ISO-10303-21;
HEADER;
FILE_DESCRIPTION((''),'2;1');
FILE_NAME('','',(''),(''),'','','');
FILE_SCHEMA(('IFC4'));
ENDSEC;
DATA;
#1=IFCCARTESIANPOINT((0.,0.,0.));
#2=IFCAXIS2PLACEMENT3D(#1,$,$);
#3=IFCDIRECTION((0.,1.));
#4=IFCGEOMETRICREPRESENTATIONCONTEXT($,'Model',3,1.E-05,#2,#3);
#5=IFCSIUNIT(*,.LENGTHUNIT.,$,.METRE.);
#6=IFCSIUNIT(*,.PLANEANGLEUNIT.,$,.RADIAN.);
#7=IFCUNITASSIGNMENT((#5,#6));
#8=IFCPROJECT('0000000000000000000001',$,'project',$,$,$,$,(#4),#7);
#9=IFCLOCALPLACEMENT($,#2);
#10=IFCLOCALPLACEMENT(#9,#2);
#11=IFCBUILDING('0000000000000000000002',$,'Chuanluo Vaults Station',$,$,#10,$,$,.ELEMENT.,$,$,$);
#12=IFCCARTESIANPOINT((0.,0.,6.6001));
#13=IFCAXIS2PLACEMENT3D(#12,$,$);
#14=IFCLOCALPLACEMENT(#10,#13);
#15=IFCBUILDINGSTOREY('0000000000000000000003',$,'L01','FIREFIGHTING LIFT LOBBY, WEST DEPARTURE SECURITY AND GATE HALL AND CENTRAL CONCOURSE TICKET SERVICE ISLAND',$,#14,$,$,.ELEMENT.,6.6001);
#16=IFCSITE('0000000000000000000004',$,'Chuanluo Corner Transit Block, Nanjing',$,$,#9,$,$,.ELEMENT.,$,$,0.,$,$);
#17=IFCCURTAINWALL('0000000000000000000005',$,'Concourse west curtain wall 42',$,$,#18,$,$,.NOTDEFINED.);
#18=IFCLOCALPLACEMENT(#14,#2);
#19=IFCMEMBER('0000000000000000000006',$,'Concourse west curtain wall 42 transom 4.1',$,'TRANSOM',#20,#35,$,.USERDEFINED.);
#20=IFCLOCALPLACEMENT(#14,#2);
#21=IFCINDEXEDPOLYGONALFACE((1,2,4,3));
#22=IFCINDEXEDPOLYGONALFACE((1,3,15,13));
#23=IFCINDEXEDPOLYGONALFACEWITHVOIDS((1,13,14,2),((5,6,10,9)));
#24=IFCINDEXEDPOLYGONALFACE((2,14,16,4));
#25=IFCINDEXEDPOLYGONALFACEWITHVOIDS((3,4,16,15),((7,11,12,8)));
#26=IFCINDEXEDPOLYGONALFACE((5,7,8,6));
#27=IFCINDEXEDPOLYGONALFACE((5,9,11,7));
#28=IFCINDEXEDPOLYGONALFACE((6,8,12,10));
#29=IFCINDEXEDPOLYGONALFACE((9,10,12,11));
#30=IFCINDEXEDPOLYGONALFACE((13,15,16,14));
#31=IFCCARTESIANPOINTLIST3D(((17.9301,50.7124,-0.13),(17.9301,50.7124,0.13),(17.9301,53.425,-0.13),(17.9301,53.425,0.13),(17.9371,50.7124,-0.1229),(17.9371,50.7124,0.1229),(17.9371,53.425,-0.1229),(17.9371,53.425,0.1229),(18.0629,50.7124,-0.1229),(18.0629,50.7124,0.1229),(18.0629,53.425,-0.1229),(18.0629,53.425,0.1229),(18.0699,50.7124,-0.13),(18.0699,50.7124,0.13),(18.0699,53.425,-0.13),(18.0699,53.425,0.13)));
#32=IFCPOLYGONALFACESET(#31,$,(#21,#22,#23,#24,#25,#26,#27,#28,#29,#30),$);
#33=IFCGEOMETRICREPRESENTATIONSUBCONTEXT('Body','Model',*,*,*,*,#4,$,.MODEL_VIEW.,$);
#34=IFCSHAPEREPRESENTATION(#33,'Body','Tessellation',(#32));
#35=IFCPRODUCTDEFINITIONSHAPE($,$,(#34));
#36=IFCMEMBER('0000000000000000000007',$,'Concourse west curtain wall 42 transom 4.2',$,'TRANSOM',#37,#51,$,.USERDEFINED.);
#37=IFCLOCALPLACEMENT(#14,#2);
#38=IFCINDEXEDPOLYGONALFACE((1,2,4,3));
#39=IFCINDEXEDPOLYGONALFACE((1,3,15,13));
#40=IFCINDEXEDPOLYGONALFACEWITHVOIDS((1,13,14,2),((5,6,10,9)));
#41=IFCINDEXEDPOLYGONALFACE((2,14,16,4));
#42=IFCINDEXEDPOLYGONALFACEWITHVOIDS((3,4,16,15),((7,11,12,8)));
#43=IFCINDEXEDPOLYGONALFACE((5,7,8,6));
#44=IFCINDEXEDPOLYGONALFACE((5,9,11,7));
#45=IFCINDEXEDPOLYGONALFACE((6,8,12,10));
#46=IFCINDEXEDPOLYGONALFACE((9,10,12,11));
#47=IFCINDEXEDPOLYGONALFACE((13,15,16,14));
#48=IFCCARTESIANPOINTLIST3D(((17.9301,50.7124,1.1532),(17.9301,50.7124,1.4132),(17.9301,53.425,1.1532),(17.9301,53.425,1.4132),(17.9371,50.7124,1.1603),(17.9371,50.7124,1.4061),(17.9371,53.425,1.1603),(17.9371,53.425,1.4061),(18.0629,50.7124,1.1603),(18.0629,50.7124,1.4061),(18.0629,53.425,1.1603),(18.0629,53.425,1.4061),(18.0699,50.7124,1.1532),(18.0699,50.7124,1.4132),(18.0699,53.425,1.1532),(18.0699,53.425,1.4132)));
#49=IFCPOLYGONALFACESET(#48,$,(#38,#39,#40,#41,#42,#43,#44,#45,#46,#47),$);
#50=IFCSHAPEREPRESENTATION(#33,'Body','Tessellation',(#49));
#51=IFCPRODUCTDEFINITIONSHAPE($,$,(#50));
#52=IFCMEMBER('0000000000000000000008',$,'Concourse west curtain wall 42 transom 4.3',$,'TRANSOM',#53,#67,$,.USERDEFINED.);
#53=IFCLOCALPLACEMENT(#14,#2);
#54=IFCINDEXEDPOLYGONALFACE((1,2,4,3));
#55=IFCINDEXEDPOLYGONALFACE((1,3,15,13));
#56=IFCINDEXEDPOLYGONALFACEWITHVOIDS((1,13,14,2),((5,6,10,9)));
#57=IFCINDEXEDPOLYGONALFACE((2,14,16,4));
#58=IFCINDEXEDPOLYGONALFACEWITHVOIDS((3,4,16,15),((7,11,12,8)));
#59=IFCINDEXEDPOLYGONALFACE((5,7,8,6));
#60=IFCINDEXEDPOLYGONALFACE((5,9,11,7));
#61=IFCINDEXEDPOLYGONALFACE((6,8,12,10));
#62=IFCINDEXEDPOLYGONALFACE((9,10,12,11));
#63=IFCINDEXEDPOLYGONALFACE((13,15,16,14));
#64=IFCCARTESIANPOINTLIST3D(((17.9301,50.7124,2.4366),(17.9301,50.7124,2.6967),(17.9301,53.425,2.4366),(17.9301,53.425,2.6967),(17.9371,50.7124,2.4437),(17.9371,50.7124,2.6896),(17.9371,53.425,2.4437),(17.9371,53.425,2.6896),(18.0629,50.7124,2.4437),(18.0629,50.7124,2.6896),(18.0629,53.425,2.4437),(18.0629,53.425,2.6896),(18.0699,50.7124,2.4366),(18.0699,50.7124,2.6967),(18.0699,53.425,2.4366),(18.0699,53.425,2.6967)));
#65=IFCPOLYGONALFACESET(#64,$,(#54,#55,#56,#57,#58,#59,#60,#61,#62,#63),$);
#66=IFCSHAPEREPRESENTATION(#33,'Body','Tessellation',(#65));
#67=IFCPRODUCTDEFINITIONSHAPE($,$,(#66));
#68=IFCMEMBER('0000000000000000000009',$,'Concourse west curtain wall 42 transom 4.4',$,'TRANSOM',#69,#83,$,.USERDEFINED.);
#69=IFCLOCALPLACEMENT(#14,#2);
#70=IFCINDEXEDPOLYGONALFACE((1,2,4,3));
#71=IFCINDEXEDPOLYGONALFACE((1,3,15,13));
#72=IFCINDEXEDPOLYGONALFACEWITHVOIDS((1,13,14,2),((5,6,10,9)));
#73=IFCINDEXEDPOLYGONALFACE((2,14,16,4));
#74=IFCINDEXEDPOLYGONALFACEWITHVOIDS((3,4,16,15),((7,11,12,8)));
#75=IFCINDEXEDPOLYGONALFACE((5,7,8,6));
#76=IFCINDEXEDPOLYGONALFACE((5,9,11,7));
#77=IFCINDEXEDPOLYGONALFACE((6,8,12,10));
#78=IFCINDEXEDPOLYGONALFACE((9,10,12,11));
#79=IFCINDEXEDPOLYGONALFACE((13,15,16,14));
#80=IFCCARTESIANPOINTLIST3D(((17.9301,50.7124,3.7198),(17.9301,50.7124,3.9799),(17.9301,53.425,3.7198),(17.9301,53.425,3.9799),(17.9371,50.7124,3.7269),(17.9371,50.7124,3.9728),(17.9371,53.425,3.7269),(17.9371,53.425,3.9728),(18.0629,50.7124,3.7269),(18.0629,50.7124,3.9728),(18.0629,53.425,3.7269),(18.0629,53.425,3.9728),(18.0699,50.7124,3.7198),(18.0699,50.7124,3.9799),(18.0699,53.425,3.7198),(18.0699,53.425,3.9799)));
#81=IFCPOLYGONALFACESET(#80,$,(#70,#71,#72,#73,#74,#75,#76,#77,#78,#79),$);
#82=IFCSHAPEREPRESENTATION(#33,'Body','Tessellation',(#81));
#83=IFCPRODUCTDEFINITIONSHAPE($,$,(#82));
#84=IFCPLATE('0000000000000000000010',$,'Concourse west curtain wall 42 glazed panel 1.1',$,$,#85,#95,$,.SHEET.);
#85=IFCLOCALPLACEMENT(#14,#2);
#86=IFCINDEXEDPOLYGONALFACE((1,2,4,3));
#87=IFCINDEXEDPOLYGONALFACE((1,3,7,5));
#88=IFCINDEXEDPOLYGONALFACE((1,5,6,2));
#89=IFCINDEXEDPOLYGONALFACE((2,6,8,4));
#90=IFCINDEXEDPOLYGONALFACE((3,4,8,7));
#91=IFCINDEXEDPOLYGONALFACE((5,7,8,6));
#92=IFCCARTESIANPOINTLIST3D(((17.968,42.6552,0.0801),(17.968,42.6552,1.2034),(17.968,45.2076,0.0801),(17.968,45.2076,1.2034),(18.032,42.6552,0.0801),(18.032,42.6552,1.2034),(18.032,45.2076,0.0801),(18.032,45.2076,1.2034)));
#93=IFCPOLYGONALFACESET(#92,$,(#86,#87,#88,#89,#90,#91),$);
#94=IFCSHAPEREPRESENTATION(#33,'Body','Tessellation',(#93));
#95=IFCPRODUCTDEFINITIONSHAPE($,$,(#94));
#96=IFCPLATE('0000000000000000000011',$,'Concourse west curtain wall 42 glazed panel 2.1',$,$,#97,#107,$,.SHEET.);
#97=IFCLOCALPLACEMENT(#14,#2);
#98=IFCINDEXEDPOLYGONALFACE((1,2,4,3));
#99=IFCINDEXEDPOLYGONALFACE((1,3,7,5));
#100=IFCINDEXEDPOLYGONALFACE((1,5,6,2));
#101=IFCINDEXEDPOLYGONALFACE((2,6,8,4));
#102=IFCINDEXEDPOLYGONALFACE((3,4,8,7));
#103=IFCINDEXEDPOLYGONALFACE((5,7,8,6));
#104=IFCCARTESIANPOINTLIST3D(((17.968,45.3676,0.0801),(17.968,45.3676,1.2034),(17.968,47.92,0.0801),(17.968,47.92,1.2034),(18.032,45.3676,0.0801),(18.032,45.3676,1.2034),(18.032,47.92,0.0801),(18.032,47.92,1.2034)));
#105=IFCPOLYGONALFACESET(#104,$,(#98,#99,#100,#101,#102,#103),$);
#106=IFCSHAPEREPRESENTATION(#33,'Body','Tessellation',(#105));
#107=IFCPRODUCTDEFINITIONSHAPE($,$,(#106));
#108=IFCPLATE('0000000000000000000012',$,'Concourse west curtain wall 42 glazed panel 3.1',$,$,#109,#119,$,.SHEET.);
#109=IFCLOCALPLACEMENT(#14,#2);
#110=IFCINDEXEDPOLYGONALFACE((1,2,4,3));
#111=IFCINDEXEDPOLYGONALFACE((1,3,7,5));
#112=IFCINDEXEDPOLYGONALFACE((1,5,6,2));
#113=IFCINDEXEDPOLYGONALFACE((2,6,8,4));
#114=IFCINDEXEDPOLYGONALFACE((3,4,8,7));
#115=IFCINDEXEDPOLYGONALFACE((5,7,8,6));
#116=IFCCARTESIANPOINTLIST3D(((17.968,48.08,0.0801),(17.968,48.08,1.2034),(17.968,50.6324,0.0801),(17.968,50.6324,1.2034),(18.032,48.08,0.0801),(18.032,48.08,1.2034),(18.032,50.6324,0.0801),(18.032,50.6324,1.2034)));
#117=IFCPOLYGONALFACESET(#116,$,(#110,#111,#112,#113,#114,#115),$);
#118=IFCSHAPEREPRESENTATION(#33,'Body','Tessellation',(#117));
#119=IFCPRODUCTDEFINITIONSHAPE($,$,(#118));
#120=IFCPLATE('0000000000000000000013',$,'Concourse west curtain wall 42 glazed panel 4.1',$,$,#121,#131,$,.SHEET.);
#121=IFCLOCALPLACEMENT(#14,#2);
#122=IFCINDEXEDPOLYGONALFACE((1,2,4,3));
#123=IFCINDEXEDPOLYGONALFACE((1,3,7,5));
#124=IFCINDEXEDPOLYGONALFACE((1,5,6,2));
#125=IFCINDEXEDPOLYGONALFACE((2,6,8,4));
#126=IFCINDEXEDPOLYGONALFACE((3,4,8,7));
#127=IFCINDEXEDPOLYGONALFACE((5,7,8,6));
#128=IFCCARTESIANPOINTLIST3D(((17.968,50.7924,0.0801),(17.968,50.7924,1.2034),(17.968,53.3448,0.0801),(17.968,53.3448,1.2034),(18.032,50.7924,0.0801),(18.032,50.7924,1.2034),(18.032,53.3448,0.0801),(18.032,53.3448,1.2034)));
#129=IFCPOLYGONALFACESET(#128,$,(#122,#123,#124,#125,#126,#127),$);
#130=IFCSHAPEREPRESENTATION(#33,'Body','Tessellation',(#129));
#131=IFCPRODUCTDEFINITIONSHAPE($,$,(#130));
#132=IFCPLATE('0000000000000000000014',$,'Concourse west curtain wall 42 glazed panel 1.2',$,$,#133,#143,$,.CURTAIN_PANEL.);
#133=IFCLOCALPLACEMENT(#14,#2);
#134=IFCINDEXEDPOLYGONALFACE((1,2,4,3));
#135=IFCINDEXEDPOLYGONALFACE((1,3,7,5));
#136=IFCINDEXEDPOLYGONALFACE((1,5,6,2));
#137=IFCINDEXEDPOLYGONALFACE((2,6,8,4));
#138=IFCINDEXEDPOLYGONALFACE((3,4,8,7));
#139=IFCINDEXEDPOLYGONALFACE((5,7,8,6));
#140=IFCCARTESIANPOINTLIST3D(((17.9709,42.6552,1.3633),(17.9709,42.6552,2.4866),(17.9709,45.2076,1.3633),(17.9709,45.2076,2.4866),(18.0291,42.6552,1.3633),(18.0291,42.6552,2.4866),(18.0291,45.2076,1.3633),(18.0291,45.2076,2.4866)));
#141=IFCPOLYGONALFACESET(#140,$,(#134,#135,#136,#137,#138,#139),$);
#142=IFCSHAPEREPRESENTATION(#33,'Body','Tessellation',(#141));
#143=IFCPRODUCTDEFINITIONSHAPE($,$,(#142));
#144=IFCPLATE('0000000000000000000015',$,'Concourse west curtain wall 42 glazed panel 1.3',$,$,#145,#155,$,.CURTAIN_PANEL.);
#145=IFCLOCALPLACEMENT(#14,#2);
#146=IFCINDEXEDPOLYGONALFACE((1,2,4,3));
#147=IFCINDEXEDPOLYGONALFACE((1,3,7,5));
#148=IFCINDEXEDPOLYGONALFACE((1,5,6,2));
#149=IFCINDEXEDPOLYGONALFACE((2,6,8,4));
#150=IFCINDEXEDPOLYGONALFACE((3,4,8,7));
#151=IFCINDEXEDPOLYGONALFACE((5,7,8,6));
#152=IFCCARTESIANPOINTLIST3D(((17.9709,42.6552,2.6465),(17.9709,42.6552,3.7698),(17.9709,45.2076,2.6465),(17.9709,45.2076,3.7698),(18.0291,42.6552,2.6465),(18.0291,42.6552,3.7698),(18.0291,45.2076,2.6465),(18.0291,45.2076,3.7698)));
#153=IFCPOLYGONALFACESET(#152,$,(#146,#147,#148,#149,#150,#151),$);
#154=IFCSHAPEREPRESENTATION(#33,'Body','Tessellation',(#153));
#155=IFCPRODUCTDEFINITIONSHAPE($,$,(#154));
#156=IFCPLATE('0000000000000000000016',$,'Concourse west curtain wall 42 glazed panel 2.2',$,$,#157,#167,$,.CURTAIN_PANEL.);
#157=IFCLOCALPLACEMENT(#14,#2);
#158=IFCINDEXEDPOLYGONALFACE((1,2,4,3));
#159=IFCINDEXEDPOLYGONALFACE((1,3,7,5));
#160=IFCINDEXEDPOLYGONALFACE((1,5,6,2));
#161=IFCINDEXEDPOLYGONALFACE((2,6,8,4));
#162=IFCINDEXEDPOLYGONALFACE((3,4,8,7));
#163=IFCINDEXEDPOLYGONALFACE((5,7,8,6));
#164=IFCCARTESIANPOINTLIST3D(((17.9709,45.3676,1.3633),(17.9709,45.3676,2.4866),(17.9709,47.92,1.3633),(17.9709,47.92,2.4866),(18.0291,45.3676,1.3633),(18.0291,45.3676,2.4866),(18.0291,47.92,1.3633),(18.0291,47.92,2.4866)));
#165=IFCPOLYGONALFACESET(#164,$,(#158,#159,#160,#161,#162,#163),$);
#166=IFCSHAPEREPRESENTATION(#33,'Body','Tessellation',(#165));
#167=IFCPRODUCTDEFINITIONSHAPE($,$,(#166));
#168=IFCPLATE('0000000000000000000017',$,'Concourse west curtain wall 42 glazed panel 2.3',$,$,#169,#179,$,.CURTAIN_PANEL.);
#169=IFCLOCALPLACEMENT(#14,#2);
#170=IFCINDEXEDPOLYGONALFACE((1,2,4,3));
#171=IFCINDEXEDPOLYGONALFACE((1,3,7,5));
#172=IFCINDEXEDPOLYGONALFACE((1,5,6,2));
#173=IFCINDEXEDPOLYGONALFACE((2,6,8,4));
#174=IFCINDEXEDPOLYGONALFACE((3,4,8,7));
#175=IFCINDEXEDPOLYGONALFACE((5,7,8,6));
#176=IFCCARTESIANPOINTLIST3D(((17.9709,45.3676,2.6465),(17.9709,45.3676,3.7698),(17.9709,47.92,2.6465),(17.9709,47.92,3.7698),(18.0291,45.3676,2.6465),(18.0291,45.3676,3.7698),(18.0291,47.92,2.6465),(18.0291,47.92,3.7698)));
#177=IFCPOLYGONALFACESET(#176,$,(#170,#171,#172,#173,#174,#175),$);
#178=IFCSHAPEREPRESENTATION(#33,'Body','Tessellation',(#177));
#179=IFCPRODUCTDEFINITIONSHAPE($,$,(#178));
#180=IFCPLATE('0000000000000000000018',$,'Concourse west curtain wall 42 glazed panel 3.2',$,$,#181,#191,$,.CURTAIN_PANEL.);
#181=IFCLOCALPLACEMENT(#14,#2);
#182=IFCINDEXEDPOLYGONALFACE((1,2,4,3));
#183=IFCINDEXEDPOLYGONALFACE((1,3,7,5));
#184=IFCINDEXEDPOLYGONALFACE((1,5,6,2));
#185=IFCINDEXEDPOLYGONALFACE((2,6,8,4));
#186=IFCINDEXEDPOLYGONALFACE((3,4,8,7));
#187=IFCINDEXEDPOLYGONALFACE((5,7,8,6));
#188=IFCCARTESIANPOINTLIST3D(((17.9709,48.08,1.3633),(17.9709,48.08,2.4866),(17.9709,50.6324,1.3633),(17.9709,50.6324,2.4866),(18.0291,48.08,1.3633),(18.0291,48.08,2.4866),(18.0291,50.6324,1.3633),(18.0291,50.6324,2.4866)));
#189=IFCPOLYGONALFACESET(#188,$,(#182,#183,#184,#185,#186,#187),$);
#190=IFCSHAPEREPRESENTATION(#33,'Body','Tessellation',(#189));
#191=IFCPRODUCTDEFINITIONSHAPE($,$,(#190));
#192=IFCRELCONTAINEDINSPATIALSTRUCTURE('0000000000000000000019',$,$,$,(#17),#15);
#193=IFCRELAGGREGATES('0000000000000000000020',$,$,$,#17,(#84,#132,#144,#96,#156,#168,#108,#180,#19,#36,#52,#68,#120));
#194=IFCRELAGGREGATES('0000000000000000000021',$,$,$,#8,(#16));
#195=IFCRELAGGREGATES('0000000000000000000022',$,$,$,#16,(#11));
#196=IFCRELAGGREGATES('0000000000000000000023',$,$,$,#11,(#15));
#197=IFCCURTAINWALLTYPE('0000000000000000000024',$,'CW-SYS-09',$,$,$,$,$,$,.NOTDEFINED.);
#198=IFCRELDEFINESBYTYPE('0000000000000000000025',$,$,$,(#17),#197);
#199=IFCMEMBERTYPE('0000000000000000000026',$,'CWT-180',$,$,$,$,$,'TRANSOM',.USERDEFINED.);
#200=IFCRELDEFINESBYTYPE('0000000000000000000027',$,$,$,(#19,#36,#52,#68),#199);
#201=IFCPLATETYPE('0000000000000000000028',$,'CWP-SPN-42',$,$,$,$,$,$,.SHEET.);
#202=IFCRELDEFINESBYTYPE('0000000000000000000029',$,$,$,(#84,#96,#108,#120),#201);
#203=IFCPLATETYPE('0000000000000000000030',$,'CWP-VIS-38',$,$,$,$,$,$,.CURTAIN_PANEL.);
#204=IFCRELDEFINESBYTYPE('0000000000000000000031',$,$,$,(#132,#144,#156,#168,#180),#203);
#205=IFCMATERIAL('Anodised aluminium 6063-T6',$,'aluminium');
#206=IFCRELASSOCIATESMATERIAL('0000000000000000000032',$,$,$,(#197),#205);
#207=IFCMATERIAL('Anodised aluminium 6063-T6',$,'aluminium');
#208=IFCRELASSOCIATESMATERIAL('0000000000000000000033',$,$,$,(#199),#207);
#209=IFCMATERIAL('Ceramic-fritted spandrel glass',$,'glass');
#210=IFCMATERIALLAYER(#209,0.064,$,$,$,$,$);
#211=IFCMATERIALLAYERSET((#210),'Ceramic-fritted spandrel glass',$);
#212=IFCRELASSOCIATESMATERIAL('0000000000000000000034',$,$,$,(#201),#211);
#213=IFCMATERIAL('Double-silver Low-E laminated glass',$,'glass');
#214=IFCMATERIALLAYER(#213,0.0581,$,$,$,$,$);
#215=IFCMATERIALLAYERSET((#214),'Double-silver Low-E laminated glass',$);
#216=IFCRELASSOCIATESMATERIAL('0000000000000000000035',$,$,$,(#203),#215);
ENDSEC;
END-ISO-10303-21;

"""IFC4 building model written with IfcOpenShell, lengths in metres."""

from ifc_helpers import new_model, si_unit, direction, frame, origin, origin_2d, place, context, subcontext, project, spatial, rectangle, hollow_rectangle, extrude, material, layer, layer_set, material_profile, profile_set, type_object, element, aggregate, save


model = new_model("IFC4")

# Units and contexts
model_context = context("Model", 3, precision=1e-05, world=origin(), true_north=direction((0.0, 1.0)))
body_context = subcontext(model_context, "Body", "Model", "MODEL_VIEW")
ifc_project = project(units=[si_unit("LENGTHUNIT", "METRE"), si_unit("PLANEANGLEUNIT", "RADIAN")], contexts=[model_context])

# Site, building, storey
site_placement = place(None, origin())
site = spatial("IfcSite", under=ifc_project, at=site_placement, Name="Chuanluo Corner Transit Block, Nanjing", CompositionType="ELEMENT", RefElevation=0.0)
building_placement = place(site_placement, origin())
building = spatial("IfcBuilding", under=site, at=building_placement, Name="Chuanluo Vaults Station", CompositionType="ELEMENT")
storey_placement = place(building_placement, frame((0.0, 0.0, 6.6001)))
storey = spatial("IfcBuildingStorey", under=building, at=storey_placement, Name="L01", Description="FIREFIGHTING LIFT LOBBY, WEST DEPARTURE SECURITY AND GATE HALL AND CENTRAL CONCOURSE TICKET SERVICE ISLAND", CompositionType="ELEMENT", Elevation=6.6001)

# Curtain wall, members, plates
ifc_material_1 = material(Name="Anodised aluminium 6063-T6", Category="aluminium")
curtain_wall_type = type_object("IfcCurtainWallType", Name="CW-SYS-09", PredefinedType="NOTDEFINED", material=ifc_material_1)
curtain_wall_placement = place(storey_placement, origin())
curtain_wall = element("IfcCurtainWall", 1, at=curtain_wall_placement, inside=storey, type_object=curtain_wall_type, Name="Concourse west curtain wall 42", PredefinedType="NOTDEFINED")
ifc_material_2 = material(Name="Anodised aluminium 6063-T6", Category="aluminium")
ifc_material_profile_1 = material_profile(ifc_material_2, hollow_rectangle(XDim=0.1399, YDim=0.26, WallThickness=0.0071, at=origin_2d()))
ifc_profile_set_1 = profile_set([ifc_material_profile_1], Name="Anodised aluminium 6063-T6")
member_type_1 = type_object("IfcMemberType", Name="CWT-180", ElementType="TRANSOM", PredefinedType="USERDEFINED", material=ifc_profile_set_1)
member_1_placement = place(storey_placement, frame((18.0, 50.7124, 0.0), z_axis=(0.0, 1.0, 0.0), x_axis=(-1.0, 0.0, 0.0)))
member_1 = element("IfcMember", 2, at=member_1_placement, type_object=member_type_1, Name="Concourse west curtain wall 42 transom 4.1", ObjectType="TRANSOM", PredefinedType="USERDEFINED", context=body_context, shape_type="SweptSolid", body=[
    extrude(hollow_rectangle(XDim=0.1399, YDim=0.26, WallThickness=0.0071, at=origin_2d()), origin(), (0.0, 0.0, 1.0), 2.7126),
])
member_2_placement = place(storey_placement, frame((18.0, 50.7124, 1.2832), z_axis=(0.0, 1.0, 0.0), x_axis=(-1.0, 0.0, 0.0)))
member_2 = element("IfcMember", 3, at=member_2_placement, type_object=member_type_1, Name="Concourse west curtain wall 42 transom 4.2", ObjectType="TRANSOM", PredefinedType="USERDEFINED", context=body_context, shape_type="SweptSolid", body=[
    extrude(hollow_rectangle(XDim=0.1399, YDim=0.26, WallThickness=0.0071, at=origin_2d()), origin(), (0.0, 0.0, 1.0), 2.7126),
])
member_3_placement = place(storey_placement, frame((18.0, 50.7124, 2.5667), z_axis=(0.0, 1.0, 0.0), x_axis=(-1.0, 0.0, 0.0)))
member_3 = element("IfcMember", 4, at=member_3_placement, type_object=member_type_1, Name="Concourse west curtain wall 42 transom 4.3", ObjectType="TRANSOM", PredefinedType="USERDEFINED", context=body_context, shape_type="SweptSolid", body=[
    extrude(hollow_rectangle(XDim=0.1399, YDim=0.26, WallThickness=0.0071, at=origin_2d()), origin(), (0.0, 0.0, 1.0), 2.7126),
])
member_4_placement = place(storey_placement, frame((18.0, 50.7124, 3.8499), z_axis=(0.0, 1.0, 0.0), x_axis=(-1.0, 0.0, 0.0)))
member_4 = element("IfcMember", 5, at=member_4_placement, type_object=member_type_1, Name="Concourse west curtain wall 42 transom 4.4", ObjectType="TRANSOM", PredefinedType="USERDEFINED", context=body_context, shape_type="SweptSolid", body=[
    extrude(hollow_rectangle(XDim=0.1399, YDim=0.26, WallThickness=0.0071, at=origin_2d()), origin(), (0.0, 0.0, 1.0), 2.7126),
])
ifc_material_3 = material(Name="Ceramic-fritted spandrel glass", Category="glass")
ifc_layer_1 = layer(ifc_material_3, 0.064)
ifc_layer_set_1 = layer_set([ifc_layer_1], Name="Ceramic-fritted spandrel glass")
plate_type_1 = type_object("IfcPlateType", Name="CWP-SPN-42", PredefinedType="SHEET", material=ifc_layer_set_1)
plate_1_placement = place(storey_placement, frame((18.0, 43.9314, 0.0801), z_axis=(0.0, 0.0, 1.0), x_axis=(0.0, 1.0, 0.0)))
plate_1 = element("IfcPlate", 6, at=plate_1_placement, type_object=plate_type_1, Name="Concourse west curtain wall 42 glazed panel 1.1", PredefinedType="SHEET", context=body_context, shape_type="SweptSolid", body=[
    extrude(rectangle(XDim=2.5525, YDim=0.064, at=origin_2d()), origin(), (0.0, 0.0, 1.0), 1.1233),
])
plate_2_placement = place(storey_placement, frame((18.0, 46.6438, 0.0801), z_axis=(0.0, 0.0, 1.0), x_axis=(0.0, 1.0, 0.0)))
plate_2 = element("IfcPlate", 7, at=plate_2_placement, type_object=plate_type_1, Name="Concourse west curtain wall 42 glazed panel 2.1", PredefinedType="SHEET", context=body_context, shape_type="SweptSolid", body=[
    extrude(rectangle(XDim=2.5525, YDim=0.064, at=origin_2d()), origin(), (0.0, 0.0, 1.0), 1.1233),
])
plate_3_placement = place(storey_placement, frame((18.0, 49.3562, 0.0801), z_axis=(0.0, 0.0, 1.0), x_axis=(0.0, 1.0, 0.0)))
plate_3 = element("IfcPlate", 8, at=plate_3_placement, type_object=plate_type_1, Name="Concourse west curtain wall 42 glazed panel 3.1", PredefinedType="SHEET", context=body_context, shape_type="SweptSolid", body=[
    extrude(rectangle(XDim=2.5525, YDim=0.064, at=origin_2d()), origin(), (0.0, 0.0, 1.0), 1.1233),
])
plate_4_placement = place(storey_placement, frame((18.0, 52.0686, 0.0801), z_axis=(0.0, 0.0, 1.0), x_axis=(0.0, 1.0, 0.0)))
plate_4 = element("IfcPlate", 9, at=plate_4_placement, type_object=plate_type_1, Name="Concourse west curtain wall 42 glazed panel 4.1", PredefinedType="SHEET", context=body_context, shape_type="SweptSolid", body=[
    extrude(rectangle(XDim=2.5525, YDim=0.064, at=origin_2d()), origin(), (0.0, 0.0, 1.0), 1.1233),
])
ifc_material_4 = material(Name="Double-silver Low-E laminated glass", Category="glass")
ifc_layer_2 = layer(ifc_material_4, 0.0581)
ifc_layer_set_2 = layer_set([ifc_layer_2], Name="Double-silver Low-E laminated glass")
plate_type_2 = type_object("IfcPlateType", Name="CWP-VIS-38", PredefinedType="CURTAIN_PANEL", material=ifc_layer_set_2)
plate_5_placement = place(storey_placement, frame((18.0, 43.9314, 1.3633), z_axis=(0.0, 0.0, 1.0), x_axis=(0.0, 1.0, 0.0)))
plate_5 = element("IfcPlate", 10, at=plate_5_placement, type_object=plate_type_2, Name="Concourse west curtain wall 42 glazed panel 1.2", PredefinedType="CURTAIN_PANEL", context=body_context, shape_type="SweptSolid", body=[
    extrude(rectangle(XDim=2.5525, YDim=0.0581, at=origin_2d()), origin(), (0.0, 0.0, 1.0), 1.1233),
])
plate_6_placement = place(storey_placement, frame((18.0, 43.9314, 2.6465), z_axis=(0.0, 0.0, 1.0), x_axis=(0.0, 1.0, 0.0)))
plate_6 = element("IfcPlate", 11, at=plate_6_placement, type_object=plate_type_2, Name="Concourse west curtain wall 42 glazed panel 1.3", PredefinedType="CURTAIN_PANEL", context=body_context, shape_type="SweptSolid", body=[
    extrude(rectangle(XDim=2.5525, YDim=0.0581, at=origin_2d()), origin(), (0.0, 0.0, 1.0), 1.1233),
])
plate_7_placement = place(storey_placement, frame((18.0, 46.6438, 1.3633), z_axis=(0.0, 0.0, 1.0), x_axis=(0.0, 1.0, 0.0)))
plate_7 = element("IfcPlate", 12, at=plate_7_placement, type_object=plate_type_2, Name="Concourse west curtain wall 42 glazed panel 2.2", PredefinedType="CURTAIN_PANEL", context=body_context, shape_type="SweptSolid", body=[
    extrude(rectangle(XDim=2.5525, YDim=0.0581, at=origin_2d()), origin(), (0.0, 0.0, 1.0), 1.1233),
])
plate_8_placement = place(storey_placement, frame((18.0, 46.6438, 2.6465), z_axis=(0.0, 0.0, 1.0), x_axis=(0.0, 1.0, 0.0)))
plate_8 = element("IfcPlate", 13, at=plate_8_placement, type_object=plate_type_2, Name="Concourse west curtain wall 42 glazed panel 2.3", PredefinedType="CURTAIN_PANEL", context=body_context, shape_type="SweptSolid", body=[
    extrude(rectangle(XDim=2.5525, YDim=0.0581, at=origin_2d()), origin(), (0.0, 0.0, 1.0), 1.1233),
])
plate_9_placement = place(storey_placement, frame((18.0, 49.3562, 1.3633), z_axis=(0.0, 0.0, 1.0), x_axis=(0.0, 1.0, 0.0)))
plate_9 = element("IfcPlate", 14, at=plate_9_placement, type_object=plate_type_2, Name="Concourse west curtain wall 42 glazed panel 3.2", PredefinedType="CURTAIN_PANEL", context=body_context, shape_type="SweptSolid", body=[
    extrude(rectangle(XDim=2.5525, YDim=0.0581, at=origin_2d()), origin(), (0.0, 0.0, 1.0), 1.1233),
])
aggregate(curtain_wall, [plate_1, plate_5, plate_6, plate_2, plate_7, plate_8, plate_3, plate_9, member_1, member_2, member_3, member_4, plate_4])

save(model, "model.ifc")
